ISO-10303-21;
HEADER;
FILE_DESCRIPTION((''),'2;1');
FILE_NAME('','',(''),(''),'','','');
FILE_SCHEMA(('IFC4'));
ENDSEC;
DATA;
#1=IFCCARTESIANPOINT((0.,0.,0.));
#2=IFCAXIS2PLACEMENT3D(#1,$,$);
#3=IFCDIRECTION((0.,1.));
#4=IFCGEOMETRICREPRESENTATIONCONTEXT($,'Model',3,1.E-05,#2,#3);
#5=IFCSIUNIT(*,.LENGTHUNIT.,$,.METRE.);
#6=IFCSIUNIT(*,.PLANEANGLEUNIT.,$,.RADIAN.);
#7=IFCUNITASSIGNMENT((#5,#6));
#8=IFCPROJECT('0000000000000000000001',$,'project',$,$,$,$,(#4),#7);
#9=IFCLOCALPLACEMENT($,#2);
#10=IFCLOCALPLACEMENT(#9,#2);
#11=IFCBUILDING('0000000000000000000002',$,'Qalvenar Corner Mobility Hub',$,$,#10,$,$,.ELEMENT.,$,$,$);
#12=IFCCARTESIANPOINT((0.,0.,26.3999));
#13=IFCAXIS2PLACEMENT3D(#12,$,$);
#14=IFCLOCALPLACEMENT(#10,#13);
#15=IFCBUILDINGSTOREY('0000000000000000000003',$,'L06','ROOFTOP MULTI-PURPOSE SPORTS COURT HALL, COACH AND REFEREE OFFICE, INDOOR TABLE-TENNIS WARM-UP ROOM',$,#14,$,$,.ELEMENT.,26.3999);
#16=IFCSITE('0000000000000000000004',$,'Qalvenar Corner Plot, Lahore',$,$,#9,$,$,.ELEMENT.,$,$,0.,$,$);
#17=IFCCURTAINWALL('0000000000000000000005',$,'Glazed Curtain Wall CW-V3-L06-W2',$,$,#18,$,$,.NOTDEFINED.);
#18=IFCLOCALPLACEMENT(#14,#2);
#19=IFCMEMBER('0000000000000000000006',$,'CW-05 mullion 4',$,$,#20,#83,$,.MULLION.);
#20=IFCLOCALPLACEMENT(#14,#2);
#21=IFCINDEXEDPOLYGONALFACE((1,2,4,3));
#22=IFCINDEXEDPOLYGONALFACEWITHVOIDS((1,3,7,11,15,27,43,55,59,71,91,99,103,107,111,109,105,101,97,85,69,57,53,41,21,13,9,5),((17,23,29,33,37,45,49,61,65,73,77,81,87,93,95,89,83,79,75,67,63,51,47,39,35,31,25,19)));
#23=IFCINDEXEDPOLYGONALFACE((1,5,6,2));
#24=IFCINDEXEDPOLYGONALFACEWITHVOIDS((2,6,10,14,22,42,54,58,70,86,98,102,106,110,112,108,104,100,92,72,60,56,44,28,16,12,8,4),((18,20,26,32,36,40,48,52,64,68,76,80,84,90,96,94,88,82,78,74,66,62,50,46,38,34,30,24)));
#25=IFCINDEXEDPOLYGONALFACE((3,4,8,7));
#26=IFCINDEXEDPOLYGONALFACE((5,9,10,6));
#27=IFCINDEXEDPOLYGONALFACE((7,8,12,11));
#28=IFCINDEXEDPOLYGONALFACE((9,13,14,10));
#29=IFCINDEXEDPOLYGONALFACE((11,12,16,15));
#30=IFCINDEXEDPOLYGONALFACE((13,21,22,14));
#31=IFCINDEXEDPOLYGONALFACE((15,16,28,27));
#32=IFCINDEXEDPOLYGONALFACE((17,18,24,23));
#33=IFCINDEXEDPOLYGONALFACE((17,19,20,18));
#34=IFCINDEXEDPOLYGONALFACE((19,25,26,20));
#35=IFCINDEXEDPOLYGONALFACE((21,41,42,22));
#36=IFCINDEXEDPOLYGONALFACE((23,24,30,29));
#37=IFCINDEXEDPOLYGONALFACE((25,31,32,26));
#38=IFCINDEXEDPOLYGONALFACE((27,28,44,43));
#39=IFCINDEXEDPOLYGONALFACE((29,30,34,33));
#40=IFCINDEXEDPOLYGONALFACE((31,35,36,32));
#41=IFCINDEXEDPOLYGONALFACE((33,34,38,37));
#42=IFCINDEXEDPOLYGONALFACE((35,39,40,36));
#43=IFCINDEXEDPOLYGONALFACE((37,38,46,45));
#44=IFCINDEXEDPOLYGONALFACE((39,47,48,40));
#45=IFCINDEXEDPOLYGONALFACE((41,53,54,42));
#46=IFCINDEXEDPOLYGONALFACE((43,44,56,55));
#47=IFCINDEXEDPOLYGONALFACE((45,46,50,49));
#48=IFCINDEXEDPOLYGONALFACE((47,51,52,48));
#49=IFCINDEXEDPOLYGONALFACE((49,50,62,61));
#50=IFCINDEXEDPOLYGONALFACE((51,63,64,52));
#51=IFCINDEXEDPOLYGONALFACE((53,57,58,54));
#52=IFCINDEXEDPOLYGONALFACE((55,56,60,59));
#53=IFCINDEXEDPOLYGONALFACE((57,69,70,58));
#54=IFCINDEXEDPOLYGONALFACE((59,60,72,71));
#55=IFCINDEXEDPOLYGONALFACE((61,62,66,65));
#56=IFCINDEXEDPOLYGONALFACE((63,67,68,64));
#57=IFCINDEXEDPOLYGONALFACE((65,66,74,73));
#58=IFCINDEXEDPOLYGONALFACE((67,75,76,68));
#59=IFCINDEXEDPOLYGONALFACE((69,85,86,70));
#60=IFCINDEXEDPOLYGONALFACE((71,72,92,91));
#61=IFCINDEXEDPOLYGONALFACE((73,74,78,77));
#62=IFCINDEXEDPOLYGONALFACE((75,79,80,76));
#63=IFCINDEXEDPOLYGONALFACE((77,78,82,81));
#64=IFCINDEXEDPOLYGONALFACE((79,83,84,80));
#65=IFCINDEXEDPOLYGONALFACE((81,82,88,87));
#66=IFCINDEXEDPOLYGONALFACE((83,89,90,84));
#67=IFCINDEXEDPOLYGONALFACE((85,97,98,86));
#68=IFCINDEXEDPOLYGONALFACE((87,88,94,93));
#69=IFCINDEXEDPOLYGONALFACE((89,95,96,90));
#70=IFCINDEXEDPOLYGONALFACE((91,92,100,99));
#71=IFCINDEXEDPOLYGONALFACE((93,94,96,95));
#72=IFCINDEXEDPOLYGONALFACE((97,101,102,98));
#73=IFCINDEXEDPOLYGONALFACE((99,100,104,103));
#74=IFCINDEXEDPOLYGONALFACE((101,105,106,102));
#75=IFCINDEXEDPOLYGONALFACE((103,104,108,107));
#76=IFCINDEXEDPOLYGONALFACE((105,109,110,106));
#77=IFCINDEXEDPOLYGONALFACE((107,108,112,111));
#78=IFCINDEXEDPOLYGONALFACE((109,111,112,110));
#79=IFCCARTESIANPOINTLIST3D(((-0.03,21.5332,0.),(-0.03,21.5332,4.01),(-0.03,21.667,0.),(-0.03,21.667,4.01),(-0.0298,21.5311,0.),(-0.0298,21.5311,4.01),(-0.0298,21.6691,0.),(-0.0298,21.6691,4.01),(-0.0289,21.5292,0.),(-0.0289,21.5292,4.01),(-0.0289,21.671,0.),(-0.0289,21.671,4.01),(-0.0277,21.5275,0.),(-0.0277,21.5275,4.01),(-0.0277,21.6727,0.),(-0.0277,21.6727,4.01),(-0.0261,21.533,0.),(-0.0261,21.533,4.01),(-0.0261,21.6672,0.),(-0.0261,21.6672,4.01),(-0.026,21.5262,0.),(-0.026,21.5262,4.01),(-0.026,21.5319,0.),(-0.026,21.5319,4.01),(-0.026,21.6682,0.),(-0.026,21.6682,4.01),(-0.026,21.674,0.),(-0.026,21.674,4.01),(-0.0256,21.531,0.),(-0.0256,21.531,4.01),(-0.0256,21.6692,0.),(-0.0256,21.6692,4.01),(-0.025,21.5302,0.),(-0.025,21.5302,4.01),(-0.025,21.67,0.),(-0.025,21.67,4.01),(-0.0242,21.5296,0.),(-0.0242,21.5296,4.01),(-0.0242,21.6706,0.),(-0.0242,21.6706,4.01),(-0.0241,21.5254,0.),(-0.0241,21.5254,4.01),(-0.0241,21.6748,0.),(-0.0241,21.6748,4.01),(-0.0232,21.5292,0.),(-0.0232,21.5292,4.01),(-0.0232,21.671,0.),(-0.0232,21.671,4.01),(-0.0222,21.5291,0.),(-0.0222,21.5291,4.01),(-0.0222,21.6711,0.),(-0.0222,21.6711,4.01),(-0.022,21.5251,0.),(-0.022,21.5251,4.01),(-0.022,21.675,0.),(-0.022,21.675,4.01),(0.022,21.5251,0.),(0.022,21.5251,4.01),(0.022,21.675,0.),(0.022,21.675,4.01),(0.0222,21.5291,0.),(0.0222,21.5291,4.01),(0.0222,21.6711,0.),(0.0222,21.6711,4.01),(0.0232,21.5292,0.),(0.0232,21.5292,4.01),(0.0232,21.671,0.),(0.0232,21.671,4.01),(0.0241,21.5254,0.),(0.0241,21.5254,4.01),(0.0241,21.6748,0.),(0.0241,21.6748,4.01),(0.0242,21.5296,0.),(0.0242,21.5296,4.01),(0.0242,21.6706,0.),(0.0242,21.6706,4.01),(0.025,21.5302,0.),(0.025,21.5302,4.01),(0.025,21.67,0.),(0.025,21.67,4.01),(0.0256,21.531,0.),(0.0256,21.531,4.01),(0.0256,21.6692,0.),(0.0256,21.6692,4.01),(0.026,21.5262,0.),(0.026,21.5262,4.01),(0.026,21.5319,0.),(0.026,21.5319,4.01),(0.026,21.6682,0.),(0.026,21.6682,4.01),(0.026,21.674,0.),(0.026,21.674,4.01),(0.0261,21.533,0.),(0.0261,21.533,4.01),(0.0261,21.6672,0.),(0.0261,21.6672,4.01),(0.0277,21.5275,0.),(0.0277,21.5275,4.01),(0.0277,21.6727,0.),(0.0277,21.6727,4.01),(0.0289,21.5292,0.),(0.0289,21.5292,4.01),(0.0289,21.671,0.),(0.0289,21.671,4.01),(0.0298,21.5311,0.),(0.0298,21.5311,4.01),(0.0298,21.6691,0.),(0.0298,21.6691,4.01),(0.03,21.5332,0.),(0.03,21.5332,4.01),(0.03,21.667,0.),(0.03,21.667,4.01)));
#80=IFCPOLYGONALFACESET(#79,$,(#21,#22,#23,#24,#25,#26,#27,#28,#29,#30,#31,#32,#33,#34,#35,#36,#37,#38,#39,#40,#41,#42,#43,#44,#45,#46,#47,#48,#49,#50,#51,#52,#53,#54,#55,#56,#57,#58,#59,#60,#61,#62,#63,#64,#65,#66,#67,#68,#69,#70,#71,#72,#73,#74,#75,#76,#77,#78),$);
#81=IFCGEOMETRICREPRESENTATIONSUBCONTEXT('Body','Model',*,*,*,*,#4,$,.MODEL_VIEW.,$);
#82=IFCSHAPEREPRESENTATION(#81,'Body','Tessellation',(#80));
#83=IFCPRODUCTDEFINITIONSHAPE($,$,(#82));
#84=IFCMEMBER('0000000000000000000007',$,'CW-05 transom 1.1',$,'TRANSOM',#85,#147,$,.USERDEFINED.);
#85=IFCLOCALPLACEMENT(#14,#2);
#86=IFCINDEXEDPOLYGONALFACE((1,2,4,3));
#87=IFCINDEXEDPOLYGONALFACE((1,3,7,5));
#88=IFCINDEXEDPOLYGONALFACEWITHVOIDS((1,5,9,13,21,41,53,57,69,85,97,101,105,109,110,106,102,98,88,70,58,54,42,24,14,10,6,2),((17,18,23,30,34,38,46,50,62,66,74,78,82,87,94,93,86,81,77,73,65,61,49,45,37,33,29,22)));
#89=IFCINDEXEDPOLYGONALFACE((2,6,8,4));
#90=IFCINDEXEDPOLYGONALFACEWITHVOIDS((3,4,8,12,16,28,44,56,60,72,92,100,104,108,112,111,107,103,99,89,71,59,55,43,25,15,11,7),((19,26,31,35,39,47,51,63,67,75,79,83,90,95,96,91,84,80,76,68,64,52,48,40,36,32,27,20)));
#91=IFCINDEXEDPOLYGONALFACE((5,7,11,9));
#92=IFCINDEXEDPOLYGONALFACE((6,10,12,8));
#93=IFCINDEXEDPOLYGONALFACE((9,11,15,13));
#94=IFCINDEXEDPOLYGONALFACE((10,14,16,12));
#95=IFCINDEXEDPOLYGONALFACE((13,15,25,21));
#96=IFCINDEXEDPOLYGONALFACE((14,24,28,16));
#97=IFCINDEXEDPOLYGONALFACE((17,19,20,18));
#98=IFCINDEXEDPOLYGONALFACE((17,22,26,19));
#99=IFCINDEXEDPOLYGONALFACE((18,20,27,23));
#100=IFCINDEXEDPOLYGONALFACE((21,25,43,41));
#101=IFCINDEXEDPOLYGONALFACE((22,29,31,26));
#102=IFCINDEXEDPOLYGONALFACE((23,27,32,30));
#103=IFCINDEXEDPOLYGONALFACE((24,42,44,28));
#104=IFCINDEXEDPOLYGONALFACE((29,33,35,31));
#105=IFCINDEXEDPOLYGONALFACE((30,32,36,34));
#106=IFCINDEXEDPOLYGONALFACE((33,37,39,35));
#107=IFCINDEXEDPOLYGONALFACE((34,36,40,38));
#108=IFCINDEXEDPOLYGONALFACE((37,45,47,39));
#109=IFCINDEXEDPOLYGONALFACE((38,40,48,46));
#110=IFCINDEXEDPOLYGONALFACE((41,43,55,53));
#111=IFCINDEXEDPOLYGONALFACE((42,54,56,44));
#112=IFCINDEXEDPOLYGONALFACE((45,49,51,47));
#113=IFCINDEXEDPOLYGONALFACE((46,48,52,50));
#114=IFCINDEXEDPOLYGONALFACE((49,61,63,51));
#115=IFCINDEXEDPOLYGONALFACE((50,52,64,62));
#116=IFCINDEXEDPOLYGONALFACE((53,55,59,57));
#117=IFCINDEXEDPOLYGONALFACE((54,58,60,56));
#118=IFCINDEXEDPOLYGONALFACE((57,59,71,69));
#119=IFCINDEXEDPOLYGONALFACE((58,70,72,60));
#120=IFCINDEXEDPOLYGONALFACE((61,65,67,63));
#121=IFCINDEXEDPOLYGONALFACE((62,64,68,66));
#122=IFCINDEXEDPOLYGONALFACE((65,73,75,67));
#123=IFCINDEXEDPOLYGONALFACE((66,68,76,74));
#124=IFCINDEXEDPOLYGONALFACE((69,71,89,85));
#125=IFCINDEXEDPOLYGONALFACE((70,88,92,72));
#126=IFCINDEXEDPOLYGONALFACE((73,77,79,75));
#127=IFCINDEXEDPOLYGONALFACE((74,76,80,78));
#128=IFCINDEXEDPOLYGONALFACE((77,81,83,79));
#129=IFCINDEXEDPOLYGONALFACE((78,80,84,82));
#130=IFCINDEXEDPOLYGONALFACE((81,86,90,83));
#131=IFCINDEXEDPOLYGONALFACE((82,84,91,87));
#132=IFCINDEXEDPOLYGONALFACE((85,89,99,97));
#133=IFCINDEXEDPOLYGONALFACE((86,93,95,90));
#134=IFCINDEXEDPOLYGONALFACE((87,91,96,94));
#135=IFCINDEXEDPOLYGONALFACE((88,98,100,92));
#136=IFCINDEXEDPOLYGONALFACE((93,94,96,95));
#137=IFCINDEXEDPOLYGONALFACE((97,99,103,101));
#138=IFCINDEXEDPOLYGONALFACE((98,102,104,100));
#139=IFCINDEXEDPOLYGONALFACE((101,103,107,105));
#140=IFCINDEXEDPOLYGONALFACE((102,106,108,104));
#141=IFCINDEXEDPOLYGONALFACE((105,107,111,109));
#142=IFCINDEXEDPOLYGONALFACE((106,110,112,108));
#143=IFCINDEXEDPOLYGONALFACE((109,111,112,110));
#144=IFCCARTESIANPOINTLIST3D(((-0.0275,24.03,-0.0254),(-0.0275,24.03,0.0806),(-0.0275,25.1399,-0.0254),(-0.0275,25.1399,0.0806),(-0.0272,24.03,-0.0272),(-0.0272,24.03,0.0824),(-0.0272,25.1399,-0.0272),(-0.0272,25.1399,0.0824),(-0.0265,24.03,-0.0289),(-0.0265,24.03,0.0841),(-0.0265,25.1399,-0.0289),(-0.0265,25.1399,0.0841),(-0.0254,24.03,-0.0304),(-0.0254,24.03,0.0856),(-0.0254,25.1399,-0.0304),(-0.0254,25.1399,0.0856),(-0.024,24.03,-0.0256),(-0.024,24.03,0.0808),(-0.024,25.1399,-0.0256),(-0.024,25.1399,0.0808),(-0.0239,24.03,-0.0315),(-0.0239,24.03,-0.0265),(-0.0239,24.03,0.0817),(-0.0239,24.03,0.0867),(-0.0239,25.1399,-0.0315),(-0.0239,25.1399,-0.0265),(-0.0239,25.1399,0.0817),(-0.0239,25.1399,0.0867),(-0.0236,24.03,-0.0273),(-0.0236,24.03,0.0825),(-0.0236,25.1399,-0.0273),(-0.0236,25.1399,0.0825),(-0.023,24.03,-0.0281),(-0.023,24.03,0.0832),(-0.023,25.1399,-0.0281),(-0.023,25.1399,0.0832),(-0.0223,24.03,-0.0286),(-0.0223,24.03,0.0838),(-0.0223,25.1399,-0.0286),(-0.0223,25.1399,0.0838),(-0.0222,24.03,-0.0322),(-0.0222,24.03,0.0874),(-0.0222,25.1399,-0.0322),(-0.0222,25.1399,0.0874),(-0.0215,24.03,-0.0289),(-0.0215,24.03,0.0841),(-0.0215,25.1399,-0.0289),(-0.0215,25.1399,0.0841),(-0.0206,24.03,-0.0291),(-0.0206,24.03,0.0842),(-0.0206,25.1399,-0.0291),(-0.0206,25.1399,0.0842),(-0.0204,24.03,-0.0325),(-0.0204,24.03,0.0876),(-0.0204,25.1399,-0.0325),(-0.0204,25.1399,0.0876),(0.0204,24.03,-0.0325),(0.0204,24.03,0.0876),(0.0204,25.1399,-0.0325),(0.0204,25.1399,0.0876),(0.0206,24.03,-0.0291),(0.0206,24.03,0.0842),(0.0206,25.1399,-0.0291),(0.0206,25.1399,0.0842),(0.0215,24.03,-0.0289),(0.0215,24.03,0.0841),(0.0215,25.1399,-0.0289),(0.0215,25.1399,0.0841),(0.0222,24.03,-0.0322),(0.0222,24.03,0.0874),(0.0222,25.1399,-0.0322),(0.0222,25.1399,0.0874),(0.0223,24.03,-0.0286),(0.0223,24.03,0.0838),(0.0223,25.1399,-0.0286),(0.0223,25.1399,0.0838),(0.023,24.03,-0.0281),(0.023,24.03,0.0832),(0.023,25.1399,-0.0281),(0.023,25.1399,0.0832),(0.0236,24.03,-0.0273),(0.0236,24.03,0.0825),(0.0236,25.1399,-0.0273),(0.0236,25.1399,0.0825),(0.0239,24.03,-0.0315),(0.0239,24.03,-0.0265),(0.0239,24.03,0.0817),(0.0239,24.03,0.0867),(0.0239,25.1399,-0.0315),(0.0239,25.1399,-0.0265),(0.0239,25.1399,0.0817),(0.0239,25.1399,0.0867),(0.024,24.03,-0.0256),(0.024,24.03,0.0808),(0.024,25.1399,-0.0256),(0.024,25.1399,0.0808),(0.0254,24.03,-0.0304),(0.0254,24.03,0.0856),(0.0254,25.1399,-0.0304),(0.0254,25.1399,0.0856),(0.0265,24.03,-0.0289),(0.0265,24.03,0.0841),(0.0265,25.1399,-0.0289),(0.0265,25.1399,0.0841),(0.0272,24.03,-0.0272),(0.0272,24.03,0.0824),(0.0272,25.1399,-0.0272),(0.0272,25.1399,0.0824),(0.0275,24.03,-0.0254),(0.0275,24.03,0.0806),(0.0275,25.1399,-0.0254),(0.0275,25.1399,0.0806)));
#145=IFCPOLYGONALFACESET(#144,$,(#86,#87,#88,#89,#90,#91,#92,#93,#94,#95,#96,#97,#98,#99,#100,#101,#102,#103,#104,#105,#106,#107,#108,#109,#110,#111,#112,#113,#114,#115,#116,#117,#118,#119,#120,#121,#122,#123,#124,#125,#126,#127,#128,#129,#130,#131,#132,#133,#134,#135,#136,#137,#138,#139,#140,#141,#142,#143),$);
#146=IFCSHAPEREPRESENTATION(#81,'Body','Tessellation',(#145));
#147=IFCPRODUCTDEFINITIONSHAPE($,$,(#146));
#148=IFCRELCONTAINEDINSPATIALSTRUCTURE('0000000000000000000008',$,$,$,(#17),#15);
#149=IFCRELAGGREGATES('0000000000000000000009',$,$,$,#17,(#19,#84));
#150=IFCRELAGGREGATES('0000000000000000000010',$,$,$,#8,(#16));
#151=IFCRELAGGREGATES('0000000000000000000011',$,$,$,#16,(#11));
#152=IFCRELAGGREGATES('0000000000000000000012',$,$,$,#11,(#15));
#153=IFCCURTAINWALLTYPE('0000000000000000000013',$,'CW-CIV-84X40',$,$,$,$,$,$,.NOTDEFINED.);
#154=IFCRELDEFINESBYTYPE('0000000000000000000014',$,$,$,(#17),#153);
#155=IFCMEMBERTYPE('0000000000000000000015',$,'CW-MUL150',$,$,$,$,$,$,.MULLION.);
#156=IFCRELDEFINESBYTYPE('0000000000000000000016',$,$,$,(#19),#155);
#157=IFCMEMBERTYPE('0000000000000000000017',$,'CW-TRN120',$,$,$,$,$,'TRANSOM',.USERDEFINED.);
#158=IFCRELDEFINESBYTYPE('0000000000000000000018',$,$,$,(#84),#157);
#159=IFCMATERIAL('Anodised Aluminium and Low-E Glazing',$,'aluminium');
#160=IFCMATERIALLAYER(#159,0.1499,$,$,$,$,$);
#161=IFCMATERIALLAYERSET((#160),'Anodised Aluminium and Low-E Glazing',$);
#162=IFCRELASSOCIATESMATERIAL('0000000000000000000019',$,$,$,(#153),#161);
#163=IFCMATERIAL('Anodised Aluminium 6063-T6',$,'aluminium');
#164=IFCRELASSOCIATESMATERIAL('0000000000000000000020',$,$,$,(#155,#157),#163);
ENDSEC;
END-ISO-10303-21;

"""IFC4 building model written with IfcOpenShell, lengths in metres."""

from ifc_helpers import new_model, si_unit, direction, frame, origin, origin_2d, place, context, subcontext, project, spatial, hollow_rectangle, extrude, material, layer, layer_set, material_profile, profile_set, type_object, element, aggregate, save


model = new_model("IFC4")

# Units and contexts
model_context = context("Model", 3, precision=1e-05, world=origin(), true_north=direction((0.0, 1.0)))
body_context = subcontext(model_context, "Body", "Model", "MODEL_VIEW")
ifc_project = project(units=[si_unit("LENGTHUNIT", "METRE"), si_unit("PLANEANGLEUNIT", "RADIAN")], contexts=[model_context])

# Site, building, storey
site_placement = place(None, origin())
site = spatial("IfcSite", under=ifc_project, at=site_placement, Name="Qalvenar Corner Plot, Lahore", CompositionType="ELEMENT", RefElevation=0.0)
building_placement = place(site_placement, origin())
building = spatial("IfcBuilding", under=site, at=building_placement, Name="Qalvenar Corner Mobility Hub", CompositionType="ELEMENT")
storey_placement = place(building_placement, frame((0.0, 0.0, 26.3999)))
storey = spatial("IfcBuildingStorey", under=building, at=storey_placement, Name="L06", Description="ROOFTOP MULTI-PURPOSE SPORTS COURT HALL, COACH AND REFEREE OFFICE, INDOOR TABLE-TENNIS WARM-UP ROOM", CompositionType="ELEMENT", Elevation=26.3999)

# Curtain wall, members
ifc_material_1 = material(Name="Anodised Aluminium and Low-E Glazing", Category="aluminium")
ifc_layer_1 = layer(ifc_material_1, 0.1499)
ifc_layer_set_1 = layer_set([ifc_layer_1], Name="Anodised Aluminium and Low-E Glazing")
curtain_wall_type = type_object("IfcCurtainWallType", Name="CW-CIV-84X40", PredefinedType="NOTDEFINED", material=ifc_layer_set_1)
curtain_wall_placement = place(storey_placement, origin())
curtain_wall = element("IfcCurtainWall", 1, at=curtain_wall_placement, inside=storey, type_object=curtain_wall_type, Name="Glazed Curtain Wall CW-V3-L06-W2", PredefinedType="NOTDEFINED")
ifc_material_2 = material(Name="Anodised Aluminium 6063-T6", Category="aluminium")
ifc_material_profile_1 = material_profile(ifc_material_2, hollow_rectangle(XDim=0.0601, YDim=0.1499, WallThickness=0.0039, InnerFilletRadius=0.0039, OuterFilletRadius=0.0081, at=origin_2d()), Name="RHS150x60x4")
ifc_profile_set_1 = profile_set([ifc_material_profile_1], Name="Anodised Aluminium 6063-T6")
member_type_1 = type_object("IfcMemberType", Name="CW-MUL150", PredefinedType="MULLION", material=ifc_profile_set_1)
member_1_placement = place(storey_placement, frame((0.0, 21.6001, 0.0), z_axis=(0.0, 0.0, 1.0), x_axis=(1.0, 0.0, 0.0)))
member_1 = element("IfcMember", 2, at=member_1_placement, type_object=member_type_1, Name="CW-05 mullion 4", PredefinedType="MULLION", context=body_context, shape_type="SweptSolid", body=[
    extrude(hollow_rectangle(XDim=0.0601, YDim=0.1499, WallThickness=0.0039, InnerFilletRadius=0.0039, OuterFilletRadius=0.0081, at=origin_2d()), origin(), (0.0, 0.0, 1.0), 4.01),
])
ifc_material_profile_2 = material_profile(ifc_material_2, hollow_rectangle(XDim=0.0549, YDim=0.1201, WallThickness=0.0034, InnerFilletRadius=0.0034, OuterFilletRadius=0.0071, at=origin_2d()), Name="RHS120x55x3.5")
ifc_profile_set_2 = profile_set([ifc_material_profile_2], Name="Anodised Aluminium 6063-T6")
member_type_2 = type_object("IfcMemberType", Name="CW-TRN120", ElementType="TRANSOM", PredefinedType="USERDEFINED", material=ifc_profile_set_2)
member_2_placement = place(storey_placement, frame((0.0, 25.1399, 0.0276), z_axis=(0.0, -1.0, 0.0), x_axis=(1.0, 0.0, 0.0)))
member_2 = element("IfcMember", 3, at=member_2_placement, type_object=member_type_2, Name="CW-05 transom 1.1", ObjectType="TRANSOM", PredefinedType="USERDEFINED", context=body_context, shape_type="SweptSolid", body=[
    extrude(hollow_rectangle(XDim=0.0549, YDim=0.1201, WallThickness=0.0034, InnerFilletRadius=0.0034, OuterFilletRadius=0.0071, at=origin_2d()), origin(), (0.0, 0.0, 1.0), 1.1099),
])

aggregate(curtain_wall, [member_1, member_2])

save(model, "model.ifc")
